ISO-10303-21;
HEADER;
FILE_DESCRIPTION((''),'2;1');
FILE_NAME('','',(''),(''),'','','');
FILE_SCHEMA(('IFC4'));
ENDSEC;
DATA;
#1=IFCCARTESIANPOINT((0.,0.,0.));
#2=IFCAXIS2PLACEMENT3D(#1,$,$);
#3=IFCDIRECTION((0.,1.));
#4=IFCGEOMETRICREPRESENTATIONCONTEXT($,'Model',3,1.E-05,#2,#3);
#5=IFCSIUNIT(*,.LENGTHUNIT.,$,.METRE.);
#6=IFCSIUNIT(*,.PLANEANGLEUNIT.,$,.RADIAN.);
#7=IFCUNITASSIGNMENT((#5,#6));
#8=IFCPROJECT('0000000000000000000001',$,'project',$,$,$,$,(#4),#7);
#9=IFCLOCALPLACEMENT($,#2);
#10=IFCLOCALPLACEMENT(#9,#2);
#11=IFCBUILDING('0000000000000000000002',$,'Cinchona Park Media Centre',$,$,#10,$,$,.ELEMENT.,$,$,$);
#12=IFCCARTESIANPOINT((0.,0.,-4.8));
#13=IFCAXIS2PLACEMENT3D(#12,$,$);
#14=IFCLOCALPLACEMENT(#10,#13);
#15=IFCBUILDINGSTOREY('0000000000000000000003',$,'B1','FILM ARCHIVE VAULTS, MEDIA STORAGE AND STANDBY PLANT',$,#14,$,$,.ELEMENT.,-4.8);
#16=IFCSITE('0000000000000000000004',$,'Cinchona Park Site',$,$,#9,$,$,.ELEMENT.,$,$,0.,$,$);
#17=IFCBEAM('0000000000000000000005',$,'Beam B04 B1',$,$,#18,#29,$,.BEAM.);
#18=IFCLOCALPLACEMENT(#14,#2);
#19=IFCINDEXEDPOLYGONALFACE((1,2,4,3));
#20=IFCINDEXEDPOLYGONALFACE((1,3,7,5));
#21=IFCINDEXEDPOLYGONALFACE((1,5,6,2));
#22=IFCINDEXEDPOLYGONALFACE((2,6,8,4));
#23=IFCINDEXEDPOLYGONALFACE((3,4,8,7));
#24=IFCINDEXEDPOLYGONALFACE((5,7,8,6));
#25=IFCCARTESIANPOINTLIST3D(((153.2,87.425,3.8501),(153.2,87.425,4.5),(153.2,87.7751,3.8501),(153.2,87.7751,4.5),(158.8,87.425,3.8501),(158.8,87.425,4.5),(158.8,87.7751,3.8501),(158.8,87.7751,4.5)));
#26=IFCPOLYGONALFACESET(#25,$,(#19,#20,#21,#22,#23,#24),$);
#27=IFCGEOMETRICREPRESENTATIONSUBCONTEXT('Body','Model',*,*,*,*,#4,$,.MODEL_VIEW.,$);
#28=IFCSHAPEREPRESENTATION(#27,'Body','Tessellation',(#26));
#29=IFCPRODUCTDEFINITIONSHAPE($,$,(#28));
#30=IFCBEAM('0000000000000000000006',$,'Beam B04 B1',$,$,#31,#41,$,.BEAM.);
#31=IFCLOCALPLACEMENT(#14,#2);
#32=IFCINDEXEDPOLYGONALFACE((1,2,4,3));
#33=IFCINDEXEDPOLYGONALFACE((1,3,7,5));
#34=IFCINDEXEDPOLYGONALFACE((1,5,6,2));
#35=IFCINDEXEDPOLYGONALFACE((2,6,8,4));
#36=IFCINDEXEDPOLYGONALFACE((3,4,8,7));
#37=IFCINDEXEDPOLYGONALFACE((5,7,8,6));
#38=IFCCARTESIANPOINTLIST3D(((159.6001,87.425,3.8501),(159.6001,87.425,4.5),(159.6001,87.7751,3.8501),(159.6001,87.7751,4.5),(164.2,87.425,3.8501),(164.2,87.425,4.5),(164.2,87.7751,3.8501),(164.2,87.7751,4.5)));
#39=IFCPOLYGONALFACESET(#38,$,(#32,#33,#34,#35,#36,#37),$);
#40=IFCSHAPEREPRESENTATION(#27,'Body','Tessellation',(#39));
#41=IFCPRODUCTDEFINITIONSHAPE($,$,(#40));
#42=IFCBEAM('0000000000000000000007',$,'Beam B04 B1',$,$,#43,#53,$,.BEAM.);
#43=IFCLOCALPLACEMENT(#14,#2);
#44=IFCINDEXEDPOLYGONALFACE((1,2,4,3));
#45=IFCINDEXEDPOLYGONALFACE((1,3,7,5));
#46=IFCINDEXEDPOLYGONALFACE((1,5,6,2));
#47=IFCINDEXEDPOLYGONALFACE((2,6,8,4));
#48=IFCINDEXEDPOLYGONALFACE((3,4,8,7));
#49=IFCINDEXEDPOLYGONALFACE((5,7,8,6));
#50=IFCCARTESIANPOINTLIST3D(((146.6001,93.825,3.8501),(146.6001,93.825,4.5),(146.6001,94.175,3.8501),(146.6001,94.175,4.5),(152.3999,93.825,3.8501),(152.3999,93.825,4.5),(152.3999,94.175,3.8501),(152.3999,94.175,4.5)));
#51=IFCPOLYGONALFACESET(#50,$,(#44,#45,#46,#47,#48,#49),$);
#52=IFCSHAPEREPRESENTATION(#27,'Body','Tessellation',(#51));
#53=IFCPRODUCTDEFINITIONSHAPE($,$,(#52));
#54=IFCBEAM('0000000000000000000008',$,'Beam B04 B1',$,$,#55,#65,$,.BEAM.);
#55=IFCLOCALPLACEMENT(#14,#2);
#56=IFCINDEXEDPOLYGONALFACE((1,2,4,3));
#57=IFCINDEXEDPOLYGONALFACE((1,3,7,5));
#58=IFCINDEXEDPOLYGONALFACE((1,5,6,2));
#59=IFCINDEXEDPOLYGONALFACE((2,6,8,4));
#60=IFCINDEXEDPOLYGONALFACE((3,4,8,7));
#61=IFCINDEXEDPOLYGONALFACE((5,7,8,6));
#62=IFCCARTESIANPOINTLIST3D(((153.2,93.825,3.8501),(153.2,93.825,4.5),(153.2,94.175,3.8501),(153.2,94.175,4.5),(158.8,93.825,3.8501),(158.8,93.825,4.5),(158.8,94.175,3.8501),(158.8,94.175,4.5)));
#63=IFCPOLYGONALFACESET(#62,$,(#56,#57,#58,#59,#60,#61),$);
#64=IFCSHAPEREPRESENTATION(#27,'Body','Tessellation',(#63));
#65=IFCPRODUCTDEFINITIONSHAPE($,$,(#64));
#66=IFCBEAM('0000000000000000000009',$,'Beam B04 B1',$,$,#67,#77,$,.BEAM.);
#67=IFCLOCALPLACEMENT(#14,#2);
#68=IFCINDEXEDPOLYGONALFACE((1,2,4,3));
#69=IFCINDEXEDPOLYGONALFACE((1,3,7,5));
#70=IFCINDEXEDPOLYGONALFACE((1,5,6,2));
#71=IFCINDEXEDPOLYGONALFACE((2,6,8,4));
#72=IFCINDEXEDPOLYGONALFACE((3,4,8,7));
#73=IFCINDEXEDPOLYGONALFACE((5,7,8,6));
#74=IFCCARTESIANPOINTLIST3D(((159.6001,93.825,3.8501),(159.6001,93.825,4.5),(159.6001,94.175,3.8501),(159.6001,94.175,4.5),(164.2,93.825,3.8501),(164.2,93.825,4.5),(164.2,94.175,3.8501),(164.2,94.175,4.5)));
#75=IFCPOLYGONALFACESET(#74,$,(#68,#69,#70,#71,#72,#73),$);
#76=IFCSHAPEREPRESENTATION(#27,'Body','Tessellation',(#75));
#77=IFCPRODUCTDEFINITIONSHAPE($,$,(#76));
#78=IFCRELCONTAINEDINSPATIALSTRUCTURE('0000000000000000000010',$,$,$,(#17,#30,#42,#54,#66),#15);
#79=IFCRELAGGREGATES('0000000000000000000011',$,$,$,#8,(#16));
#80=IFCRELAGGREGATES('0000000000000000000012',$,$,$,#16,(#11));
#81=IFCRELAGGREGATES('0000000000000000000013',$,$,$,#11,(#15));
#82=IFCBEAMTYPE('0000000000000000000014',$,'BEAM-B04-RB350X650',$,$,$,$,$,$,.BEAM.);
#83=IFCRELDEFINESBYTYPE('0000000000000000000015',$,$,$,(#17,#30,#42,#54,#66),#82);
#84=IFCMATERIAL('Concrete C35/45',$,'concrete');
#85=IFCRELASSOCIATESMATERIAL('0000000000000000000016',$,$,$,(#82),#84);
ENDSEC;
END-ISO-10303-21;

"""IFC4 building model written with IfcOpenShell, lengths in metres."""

from ifc_helpers import new_model, si_unit, direction, frame, origin, origin_2d, place, context, subcontext, project, spatial, rectangle, extrude, material, material_profile, profile_set, type_object, element, save


model = new_model("IFC4")

# Units and contexts
model_context = context("Model", 3, precision=1e-05, world=origin(), true_north=direction((0.0, 1.0)))
body_context = subcontext(model_context, "Body", "Model", "MODEL_VIEW")
ifc_project = project(units=[si_unit("LENGTHUNIT", "METRE"), si_unit("PLANEANGLEUNIT", "RADIAN")], contexts=[model_context])

# Site, building, storey
site_placement = place(None, origin())
site = spatial("IfcSite", under=ifc_project, at=site_placement, Name="Cinchona Park Site", CompositionType="ELEMENT", RefElevation=0.0)
building_placement = place(site_placement, origin())
building = spatial("IfcBuilding", under=site, at=building_placement, Name="Cinchona Park Media Centre", CompositionType="ELEMENT")
storey_placement = place(building_placement, frame((0.0, 0.0, -4.8)))
storey = spatial("IfcBuildingStorey", under=building, at=storey_placement, Name="B1", Description="FILM ARCHIVE VAULTS, MEDIA STORAGE AND STANDBY PLANT", CompositionType="ELEMENT", Elevation=-4.8)

# Beams
ifc_material_1 = material(Name="Concrete C35/45", Category="concrete")
ifc_material_profile_1 = material_profile(ifc_material_1, rectangle(XDim=0.3501, YDim=0.6499, at=origin_2d()), Name="RB 350X650")
ifc_profile_set_1 = profile_set([ifc_material_profile_1], Name="Concrete C35/45")
beam_type_1 = type_object("IfcBeamType", Name="BEAM-B04-RB350X650", PredefinedType="BEAM", material=ifc_profile_set_1)
beam_1_placement = place(storey_placement, frame((153.2, 87.6001, 4.175), z_axis=(1.0, 0.0, 0.0), x_axis=(0.0, 1.0, 0.0)))
element("IfcBeam", 1, at=beam_1_placement, inside=storey, type_object=beam_type_1, Name="Beam B04 B1", PredefinedType="BEAM", context=body_context, shape_type="SweptSolid", body=[
    extrude(rectangle(XDim=0.3501, YDim=0.6499, at=origin_2d()), origin(), (0.0, 0.0, 1.0), 5.6001),
])
beam_2_placement = place(storey_placement, frame((159.6001, 87.6001, 4.175), z_axis=(1.0, 0.0, 0.0), x_axis=(0.0, 1.0, 0.0)))
element("IfcBeam", 2, at=beam_2_placement, inside=storey, type_object=beam_type_1, Name="Beam B04 B1", PredefinedType="BEAM", context=body_context, shape_type="SweptSolid", body=[
    extrude(rectangle(XDim=0.3501, YDim=0.6499, at=origin_2d()), origin(), (0.0, 0.0, 1.0), 4.5999),
])
beam_3_placement = place(storey_placement, frame((146.6001, 94.0, 4.175), z_axis=(1.0, 0.0, 0.0), x_axis=(0.0, 1.0, 0.0)))
element("IfcBeam", 3, at=beam_3_placement, inside=storey, type_object=beam_type_1, Name="Beam B04 B1", PredefinedType="BEAM", context=body_context, shape_type="SweptSolid", body=[
    extrude(rectangle(XDim=0.3501, YDim=0.6499, at=origin_2d()), origin(), (0.0, 0.0, 1.0), 5.7998),
])
beam_4_placement = place(storey_placement, frame((153.2, 94.0, 4.175), z_axis=(1.0, 0.0, 0.0), x_axis=(0.0, 1.0, 0.0)))
element("IfcBeam", 4, at=beam_4_placement, inside=storey, type_object=beam_type_1, Name="Beam B04 B1", PredefinedType="BEAM", context=body_context, shape_type="SweptSolid", body=[
    extrude(rectangle(XDim=0.3501, YDim=0.6499, at=origin_2d()), origin(), (0.0, 0.0, 1.0), 5.6001),
])
beam_5_placement = place(storey_placement, frame((159.6001, 94.0, 4.175), z_axis=(1.0, 0.0, 0.0), x_axis=(0.0, 1.0, 0.0)))
element("IfcBeam", 5, at=beam_5_placement, inside=storey, type_object=beam_type_1, Name="Beam B04 B1", PredefinedType="BEAM", context=body_context, shape_type="SweptSolid", body=[
    extrude(rectangle(XDim=0.3501, YDim=0.6499, at=origin_2d()), origin(), (0.0, 0.0, 1.0), 4.5999),
])

save(model, "model.ifc")
